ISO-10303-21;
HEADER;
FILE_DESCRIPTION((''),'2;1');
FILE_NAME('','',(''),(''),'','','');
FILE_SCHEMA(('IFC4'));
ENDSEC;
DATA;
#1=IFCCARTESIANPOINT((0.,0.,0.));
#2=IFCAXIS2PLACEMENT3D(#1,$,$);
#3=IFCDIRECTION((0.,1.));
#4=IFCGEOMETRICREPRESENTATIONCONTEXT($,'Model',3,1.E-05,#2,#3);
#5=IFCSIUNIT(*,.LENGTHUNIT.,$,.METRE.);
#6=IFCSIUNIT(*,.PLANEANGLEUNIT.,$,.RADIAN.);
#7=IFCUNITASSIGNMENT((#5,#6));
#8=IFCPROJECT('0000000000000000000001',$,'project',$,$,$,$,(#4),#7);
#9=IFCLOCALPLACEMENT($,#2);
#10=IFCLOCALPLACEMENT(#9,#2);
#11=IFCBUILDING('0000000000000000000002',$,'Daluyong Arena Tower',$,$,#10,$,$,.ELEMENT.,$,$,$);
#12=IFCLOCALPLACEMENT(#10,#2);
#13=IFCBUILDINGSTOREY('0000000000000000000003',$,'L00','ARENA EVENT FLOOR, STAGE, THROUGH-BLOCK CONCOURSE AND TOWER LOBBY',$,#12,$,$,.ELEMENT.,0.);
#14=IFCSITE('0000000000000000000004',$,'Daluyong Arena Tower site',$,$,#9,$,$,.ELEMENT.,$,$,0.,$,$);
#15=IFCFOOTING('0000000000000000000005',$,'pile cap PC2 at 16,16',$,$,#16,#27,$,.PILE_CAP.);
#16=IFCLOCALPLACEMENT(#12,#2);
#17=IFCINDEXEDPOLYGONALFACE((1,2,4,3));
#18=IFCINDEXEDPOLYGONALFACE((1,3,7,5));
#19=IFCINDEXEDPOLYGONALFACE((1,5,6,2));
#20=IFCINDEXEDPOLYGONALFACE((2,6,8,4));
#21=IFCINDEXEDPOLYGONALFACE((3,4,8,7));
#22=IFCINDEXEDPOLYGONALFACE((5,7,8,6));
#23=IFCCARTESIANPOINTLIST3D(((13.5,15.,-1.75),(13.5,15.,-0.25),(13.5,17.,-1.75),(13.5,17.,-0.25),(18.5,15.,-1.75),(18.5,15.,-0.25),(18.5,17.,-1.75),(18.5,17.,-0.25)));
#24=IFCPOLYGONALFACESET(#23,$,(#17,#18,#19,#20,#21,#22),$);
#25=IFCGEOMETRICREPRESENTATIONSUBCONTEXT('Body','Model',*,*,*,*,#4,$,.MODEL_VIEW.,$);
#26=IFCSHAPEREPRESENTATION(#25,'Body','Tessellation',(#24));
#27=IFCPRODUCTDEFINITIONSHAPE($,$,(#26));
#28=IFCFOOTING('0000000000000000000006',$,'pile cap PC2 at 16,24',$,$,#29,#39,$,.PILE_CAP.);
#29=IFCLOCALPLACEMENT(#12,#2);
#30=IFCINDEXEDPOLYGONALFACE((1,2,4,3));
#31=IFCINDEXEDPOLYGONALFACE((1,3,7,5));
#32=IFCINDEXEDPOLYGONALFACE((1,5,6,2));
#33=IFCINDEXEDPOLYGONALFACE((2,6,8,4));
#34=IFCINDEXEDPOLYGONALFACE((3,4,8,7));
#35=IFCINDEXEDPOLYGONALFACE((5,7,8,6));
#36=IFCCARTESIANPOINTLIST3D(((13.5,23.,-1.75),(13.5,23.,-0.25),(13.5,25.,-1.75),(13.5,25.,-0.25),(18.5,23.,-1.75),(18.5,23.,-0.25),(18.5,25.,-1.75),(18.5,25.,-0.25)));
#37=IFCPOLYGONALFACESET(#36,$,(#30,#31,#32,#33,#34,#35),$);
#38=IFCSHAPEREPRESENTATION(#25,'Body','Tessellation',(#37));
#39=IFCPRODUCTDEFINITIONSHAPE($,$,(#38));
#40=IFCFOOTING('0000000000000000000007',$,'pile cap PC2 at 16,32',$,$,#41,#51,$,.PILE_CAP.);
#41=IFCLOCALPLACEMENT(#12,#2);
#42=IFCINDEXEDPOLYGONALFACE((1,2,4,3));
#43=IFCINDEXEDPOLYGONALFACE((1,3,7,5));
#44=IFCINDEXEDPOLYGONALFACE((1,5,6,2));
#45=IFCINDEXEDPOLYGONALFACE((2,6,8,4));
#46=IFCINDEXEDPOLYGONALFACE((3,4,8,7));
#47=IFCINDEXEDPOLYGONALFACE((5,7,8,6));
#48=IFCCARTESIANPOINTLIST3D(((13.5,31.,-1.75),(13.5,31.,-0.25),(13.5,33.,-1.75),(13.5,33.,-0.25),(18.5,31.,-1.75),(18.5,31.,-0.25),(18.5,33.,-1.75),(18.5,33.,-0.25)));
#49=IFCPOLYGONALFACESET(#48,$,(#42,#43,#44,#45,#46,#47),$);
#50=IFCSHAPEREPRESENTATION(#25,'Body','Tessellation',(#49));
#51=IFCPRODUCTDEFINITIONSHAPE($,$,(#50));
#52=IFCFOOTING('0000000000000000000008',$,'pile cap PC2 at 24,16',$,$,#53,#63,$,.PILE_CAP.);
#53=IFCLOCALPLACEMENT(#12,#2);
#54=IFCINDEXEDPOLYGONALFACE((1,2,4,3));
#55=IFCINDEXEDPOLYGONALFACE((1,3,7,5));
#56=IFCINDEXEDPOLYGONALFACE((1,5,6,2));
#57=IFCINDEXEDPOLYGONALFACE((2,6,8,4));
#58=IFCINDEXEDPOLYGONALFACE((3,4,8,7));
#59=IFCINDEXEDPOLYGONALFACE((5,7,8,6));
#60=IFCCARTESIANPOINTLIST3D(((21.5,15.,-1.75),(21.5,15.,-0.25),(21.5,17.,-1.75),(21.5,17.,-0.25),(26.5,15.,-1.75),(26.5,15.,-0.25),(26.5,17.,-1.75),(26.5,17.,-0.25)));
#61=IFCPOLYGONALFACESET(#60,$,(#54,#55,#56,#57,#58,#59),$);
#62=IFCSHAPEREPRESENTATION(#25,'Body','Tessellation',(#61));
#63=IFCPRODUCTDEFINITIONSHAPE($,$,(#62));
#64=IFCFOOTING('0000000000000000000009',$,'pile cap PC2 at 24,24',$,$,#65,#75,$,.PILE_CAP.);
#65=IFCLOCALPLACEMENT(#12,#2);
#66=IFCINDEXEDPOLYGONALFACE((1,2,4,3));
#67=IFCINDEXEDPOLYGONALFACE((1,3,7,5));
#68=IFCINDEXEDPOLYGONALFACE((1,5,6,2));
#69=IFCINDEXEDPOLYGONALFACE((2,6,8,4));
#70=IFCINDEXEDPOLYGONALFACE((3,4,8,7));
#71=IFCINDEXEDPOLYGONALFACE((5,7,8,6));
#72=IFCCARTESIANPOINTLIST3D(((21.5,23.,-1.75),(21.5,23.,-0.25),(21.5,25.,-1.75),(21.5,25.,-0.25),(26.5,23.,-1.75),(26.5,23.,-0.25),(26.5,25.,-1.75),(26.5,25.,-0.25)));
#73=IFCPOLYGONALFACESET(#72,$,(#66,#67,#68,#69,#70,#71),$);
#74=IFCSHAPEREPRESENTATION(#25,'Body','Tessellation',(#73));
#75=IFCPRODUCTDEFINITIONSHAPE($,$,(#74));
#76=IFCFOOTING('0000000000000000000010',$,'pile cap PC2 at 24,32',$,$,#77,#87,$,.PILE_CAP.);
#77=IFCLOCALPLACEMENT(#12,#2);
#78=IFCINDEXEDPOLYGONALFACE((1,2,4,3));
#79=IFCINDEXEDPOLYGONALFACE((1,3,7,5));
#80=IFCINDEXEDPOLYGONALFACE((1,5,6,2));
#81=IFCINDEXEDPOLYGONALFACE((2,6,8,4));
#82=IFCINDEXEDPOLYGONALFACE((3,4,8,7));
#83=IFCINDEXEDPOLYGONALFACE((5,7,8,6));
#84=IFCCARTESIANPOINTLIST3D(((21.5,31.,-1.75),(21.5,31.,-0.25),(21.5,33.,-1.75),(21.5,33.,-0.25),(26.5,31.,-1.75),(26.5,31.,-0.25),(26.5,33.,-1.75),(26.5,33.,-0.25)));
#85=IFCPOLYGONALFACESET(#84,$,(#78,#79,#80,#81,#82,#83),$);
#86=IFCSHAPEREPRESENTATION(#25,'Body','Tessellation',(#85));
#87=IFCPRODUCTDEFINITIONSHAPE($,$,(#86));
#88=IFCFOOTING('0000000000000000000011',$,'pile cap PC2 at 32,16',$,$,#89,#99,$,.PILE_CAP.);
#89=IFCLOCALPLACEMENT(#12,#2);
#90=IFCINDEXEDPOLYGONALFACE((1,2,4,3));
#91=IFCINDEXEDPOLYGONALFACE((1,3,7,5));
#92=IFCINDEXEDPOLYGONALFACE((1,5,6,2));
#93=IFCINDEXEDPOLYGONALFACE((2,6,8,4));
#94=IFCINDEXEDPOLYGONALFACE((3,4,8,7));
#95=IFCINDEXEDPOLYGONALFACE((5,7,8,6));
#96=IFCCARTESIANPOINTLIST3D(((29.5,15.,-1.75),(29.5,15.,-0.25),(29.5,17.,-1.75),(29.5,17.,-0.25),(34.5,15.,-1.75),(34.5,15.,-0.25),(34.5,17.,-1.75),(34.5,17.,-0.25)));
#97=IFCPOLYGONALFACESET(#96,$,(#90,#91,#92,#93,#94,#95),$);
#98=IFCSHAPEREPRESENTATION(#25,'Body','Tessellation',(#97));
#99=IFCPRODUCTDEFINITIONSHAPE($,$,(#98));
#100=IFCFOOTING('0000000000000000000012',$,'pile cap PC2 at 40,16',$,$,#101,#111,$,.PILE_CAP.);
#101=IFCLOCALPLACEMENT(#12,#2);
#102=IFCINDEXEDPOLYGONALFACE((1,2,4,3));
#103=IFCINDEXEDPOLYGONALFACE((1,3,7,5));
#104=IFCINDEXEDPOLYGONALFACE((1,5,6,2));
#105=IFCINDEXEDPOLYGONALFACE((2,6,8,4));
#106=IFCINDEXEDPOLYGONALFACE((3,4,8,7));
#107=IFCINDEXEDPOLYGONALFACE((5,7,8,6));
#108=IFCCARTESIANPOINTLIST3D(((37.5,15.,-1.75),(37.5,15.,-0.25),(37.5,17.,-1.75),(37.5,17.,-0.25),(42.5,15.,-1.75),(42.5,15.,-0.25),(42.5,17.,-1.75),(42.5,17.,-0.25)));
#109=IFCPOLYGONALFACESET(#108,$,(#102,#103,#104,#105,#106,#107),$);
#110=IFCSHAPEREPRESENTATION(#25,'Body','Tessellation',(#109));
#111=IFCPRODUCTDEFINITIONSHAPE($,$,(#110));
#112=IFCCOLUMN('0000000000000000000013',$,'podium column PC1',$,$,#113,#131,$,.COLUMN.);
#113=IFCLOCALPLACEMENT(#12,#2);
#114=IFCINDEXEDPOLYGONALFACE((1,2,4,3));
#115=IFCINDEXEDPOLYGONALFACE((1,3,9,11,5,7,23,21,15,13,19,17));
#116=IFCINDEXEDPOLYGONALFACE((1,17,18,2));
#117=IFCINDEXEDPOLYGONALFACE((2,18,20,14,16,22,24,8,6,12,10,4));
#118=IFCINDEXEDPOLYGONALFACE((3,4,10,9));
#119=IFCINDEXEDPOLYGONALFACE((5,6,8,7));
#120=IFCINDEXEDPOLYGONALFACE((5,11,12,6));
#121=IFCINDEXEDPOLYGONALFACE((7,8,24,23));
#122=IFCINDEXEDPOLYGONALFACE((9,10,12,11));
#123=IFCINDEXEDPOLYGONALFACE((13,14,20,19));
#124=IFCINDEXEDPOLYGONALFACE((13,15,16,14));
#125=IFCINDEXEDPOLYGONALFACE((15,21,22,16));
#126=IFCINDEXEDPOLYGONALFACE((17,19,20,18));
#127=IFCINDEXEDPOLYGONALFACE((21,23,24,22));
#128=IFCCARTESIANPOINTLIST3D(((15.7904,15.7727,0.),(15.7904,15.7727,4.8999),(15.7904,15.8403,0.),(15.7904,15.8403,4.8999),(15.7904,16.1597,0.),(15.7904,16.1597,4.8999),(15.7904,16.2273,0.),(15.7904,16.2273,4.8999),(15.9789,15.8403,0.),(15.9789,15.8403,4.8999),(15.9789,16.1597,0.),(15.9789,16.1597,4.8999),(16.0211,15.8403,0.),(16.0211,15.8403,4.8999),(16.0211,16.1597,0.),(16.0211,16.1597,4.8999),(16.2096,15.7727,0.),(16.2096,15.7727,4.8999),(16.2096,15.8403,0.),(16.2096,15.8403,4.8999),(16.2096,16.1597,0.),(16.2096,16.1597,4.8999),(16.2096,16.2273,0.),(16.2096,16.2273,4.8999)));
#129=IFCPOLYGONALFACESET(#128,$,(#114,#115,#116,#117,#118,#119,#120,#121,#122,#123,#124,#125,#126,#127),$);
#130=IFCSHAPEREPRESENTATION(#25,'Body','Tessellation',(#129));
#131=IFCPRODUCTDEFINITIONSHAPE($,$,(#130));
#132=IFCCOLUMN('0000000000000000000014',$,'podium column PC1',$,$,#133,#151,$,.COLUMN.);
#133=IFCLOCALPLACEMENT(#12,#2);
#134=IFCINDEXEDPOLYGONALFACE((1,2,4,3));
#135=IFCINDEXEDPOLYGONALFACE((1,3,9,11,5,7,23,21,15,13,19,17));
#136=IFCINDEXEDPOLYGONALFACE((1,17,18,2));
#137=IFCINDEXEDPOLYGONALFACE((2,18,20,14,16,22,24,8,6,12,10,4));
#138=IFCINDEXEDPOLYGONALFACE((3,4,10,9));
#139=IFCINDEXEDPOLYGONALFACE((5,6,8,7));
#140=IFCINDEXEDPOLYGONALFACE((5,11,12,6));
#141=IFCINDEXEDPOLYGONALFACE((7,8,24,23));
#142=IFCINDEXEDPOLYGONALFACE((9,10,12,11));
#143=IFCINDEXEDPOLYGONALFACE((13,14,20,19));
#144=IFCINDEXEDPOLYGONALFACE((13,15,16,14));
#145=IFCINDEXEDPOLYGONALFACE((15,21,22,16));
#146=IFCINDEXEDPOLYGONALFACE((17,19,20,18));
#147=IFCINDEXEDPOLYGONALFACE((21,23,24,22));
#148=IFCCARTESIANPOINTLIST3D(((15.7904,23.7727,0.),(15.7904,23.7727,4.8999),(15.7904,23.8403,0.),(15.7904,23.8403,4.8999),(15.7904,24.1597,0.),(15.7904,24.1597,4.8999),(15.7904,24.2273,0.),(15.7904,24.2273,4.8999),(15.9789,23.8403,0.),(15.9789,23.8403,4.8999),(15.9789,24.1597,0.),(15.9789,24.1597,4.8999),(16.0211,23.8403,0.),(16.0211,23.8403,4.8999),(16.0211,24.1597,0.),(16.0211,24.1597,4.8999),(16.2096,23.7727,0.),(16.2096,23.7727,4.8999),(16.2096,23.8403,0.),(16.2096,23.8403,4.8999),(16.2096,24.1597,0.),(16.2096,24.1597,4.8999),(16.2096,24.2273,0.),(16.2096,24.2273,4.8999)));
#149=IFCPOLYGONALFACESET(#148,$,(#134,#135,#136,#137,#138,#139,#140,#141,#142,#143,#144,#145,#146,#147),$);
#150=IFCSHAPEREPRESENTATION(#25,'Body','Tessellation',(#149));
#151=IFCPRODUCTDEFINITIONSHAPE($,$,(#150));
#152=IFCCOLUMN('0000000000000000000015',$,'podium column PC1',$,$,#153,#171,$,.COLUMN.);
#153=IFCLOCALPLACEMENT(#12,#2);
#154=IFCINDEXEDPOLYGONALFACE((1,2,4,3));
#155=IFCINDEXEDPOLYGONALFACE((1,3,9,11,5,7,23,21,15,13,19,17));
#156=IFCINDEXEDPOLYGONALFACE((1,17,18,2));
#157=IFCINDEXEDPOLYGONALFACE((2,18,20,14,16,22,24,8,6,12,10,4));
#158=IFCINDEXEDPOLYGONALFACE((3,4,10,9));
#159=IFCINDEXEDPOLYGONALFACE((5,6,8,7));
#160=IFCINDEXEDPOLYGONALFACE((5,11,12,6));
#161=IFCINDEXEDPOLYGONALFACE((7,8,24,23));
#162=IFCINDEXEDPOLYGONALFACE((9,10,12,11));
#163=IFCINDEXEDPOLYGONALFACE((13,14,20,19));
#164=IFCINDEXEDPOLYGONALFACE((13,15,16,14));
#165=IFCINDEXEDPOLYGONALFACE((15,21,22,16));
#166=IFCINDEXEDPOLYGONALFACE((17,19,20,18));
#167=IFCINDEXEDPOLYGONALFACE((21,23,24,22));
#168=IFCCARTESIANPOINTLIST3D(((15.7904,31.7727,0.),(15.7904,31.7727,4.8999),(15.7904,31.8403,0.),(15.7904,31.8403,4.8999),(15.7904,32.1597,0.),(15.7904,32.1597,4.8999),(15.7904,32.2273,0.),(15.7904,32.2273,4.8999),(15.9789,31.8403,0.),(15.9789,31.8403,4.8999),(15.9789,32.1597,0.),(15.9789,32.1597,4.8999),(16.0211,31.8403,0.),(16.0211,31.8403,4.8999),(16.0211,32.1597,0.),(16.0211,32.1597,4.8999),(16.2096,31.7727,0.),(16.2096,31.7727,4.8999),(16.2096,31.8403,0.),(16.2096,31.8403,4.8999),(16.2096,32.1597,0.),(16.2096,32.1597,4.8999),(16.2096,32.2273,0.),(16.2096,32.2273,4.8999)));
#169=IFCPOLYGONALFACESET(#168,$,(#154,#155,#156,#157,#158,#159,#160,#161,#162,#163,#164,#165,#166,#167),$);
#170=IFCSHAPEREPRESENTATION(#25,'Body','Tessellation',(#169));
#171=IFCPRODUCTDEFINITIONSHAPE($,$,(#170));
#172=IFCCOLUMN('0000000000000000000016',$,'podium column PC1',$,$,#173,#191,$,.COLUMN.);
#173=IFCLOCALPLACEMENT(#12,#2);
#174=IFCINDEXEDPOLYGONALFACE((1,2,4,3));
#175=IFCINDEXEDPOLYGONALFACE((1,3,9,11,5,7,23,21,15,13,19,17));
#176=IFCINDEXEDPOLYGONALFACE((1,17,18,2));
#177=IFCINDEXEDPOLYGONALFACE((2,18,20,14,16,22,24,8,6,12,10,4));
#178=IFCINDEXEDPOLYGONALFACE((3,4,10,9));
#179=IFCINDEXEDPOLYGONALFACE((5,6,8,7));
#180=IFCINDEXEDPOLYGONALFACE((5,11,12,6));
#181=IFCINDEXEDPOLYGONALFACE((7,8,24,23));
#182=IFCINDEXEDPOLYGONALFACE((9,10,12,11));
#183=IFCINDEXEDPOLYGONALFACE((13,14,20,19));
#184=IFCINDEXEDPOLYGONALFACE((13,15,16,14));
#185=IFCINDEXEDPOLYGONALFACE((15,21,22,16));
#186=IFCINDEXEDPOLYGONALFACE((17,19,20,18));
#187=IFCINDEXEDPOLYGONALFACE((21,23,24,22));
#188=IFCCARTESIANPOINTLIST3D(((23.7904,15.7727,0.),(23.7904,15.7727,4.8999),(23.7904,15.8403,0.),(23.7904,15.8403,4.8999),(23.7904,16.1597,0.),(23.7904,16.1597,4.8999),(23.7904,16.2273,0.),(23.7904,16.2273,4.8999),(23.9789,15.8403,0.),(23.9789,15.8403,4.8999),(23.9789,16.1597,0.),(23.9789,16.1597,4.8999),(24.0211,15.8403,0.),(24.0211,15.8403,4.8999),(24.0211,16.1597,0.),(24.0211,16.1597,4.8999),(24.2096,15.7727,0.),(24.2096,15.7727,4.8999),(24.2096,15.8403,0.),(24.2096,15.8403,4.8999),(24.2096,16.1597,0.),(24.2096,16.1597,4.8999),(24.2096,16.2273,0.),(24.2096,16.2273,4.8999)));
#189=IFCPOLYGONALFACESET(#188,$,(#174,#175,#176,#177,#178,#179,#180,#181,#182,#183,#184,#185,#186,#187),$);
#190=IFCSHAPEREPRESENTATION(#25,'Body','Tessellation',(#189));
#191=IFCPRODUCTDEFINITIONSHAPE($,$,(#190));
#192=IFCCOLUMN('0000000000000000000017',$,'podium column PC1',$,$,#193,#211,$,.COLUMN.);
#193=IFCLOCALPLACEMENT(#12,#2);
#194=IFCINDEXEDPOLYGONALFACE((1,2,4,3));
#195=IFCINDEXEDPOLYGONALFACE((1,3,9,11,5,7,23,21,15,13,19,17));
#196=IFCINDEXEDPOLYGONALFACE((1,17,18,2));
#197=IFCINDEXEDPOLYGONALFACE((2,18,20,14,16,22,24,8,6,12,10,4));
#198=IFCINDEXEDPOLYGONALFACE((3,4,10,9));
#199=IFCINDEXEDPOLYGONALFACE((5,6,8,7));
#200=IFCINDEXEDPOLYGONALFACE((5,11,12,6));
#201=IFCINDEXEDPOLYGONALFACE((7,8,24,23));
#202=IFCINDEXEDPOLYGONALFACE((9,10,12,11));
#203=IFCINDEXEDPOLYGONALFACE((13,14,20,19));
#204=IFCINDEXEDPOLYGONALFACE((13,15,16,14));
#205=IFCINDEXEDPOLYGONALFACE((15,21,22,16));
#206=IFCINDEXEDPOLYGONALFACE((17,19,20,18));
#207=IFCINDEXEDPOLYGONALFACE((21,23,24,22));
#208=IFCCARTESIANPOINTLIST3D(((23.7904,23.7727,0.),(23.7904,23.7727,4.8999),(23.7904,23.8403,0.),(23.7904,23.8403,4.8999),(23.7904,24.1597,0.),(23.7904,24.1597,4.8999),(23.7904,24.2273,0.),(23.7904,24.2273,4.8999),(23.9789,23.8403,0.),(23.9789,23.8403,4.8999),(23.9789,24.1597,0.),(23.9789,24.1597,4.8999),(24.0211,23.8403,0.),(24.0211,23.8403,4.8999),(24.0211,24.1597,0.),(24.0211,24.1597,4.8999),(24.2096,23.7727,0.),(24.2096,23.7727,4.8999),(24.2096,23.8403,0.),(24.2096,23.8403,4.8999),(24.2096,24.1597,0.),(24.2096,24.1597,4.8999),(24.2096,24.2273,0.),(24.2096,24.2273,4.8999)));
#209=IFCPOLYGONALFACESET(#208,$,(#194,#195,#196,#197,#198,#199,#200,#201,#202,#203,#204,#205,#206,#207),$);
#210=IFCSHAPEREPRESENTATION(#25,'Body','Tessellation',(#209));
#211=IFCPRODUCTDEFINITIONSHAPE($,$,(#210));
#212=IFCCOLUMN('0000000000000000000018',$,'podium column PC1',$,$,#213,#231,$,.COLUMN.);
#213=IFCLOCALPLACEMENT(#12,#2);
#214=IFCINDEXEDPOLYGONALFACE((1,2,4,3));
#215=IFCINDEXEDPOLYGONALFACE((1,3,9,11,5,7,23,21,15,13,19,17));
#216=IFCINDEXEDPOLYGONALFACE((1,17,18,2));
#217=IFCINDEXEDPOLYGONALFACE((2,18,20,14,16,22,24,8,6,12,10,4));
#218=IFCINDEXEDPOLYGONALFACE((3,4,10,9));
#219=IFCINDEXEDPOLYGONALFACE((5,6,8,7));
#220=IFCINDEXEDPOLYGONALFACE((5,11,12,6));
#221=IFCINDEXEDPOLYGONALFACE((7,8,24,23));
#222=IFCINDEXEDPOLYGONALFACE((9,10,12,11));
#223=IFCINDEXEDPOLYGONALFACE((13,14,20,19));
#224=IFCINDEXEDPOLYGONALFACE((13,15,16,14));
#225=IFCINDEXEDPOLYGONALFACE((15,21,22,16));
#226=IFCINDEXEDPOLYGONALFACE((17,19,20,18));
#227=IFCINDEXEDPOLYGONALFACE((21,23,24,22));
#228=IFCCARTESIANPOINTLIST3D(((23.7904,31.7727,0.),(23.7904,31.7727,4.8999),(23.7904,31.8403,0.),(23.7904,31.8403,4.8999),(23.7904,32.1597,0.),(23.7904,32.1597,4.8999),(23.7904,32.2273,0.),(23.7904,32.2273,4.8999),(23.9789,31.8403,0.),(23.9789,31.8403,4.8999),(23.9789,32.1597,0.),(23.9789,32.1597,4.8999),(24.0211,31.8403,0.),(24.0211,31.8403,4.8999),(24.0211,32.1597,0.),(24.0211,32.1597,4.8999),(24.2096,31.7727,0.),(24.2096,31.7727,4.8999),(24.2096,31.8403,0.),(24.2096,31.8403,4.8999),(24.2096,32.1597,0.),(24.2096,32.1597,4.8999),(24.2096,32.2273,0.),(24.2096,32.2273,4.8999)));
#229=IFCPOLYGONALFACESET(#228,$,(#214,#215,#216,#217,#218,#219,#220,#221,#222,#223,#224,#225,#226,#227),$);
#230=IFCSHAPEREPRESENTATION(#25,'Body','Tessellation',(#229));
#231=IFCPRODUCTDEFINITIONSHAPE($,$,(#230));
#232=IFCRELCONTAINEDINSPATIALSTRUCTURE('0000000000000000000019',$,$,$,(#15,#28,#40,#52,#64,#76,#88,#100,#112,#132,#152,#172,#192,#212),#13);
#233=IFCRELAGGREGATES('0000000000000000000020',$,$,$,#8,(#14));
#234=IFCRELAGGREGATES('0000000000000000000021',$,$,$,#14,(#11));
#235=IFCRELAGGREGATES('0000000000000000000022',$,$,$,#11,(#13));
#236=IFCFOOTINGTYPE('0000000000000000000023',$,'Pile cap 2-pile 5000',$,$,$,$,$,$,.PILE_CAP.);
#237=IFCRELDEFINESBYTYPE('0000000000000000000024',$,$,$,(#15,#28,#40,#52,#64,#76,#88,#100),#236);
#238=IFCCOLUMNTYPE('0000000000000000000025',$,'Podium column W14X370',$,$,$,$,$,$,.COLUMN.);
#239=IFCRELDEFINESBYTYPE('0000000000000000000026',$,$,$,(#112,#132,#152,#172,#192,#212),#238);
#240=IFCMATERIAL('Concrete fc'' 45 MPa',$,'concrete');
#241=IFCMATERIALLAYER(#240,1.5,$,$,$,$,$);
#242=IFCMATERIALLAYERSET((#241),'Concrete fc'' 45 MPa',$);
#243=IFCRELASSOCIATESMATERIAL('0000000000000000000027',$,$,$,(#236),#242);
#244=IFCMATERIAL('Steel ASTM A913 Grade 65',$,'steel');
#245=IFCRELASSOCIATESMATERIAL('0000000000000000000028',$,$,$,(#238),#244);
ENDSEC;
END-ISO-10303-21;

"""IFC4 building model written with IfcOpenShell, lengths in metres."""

from ifc_helpers import new_model, si_unit, direction, frame, origin, origin_2d, place, context, subcontext, project, spatial, rectangle, i_section, extrude, material, layer, layer_set, material_profile, profile_set, type_object, element, save


model = new_model("IFC4")

# Units and contexts
model_context = context("Model", 3, precision=1e-05, world=origin(), true_north=direction((0.0, 1.0)))
body_context = subcontext(model_context, "Body", "Model", "MODEL_VIEW")
ifc_project = project(units=[si_unit("LENGTHUNIT", "METRE"), si_unit("PLANEANGLEUNIT", "RADIAN")], contexts=[model_context])

# Site, building, storey
site_placement = place(None, origin())
site = spatial("IfcSite", under=ifc_project, at=site_placement, Name="Daluyong Arena Tower site", CompositionType="ELEMENT", RefElevation=0.0)
building_placement = place(site_placement, origin())
building = spatial("IfcBuilding", under=site, at=building_placement, Name="Daluyong Arena Tower", CompositionType="ELEMENT")
storey_placement = place(building_placement, origin())
storey = spatial("IfcBuildingStorey", under=building, at=storey_placement, Name="L00", Description="ARENA EVENT FLOOR, STAGE, THROUGH-BLOCK CONCOURSE AND TOWER LOBBY", CompositionType="ELEMENT", Elevation=0.0)

# Footings
ifc_material_1 = material(Name="Concrete fc' 45 MPa", Category="concrete")
ifc_layer_1 = layer(ifc_material_1, 1.5)
ifc_layer_set_1 = layer_set([ifc_layer_1], Name="Concrete fc' 45 MPa")
footing_type = type_object("IfcFootingType", Name="Pile cap 2-pile 5000", PredefinedType="PILE_CAP", material=ifc_layer_set_1)
for number, where, z_axis, x_axis, name in (
    (1, (16.0, 16.0, -1.75), (0.0, 0.0, 1.0), (1.0, 0.0, 0.0), "pile cap PC2 at 16,16"),
    (2, (16.0, 24.0, -1.75), (0.0, 0.0, 1.0), (1.0, 0.0, 0.0), "pile cap PC2 at 16,24"),
    (3, (16.0, 32.0, -1.75), (0.0, 0.0, 1.0), (1.0, 0.0, 0.0), "pile cap PC2 at 16,32"),
    (4, (24.0, 16.0, -1.75), (0.0, 0.0, 1.0), (1.0, 0.0, 0.0), "pile cap PC2 at 24,16"),
    (5, (24.0, 24.0, -1.75), (0.0, 0.0, 1.0), (1.0, 0.0, 0.0), "pile cap PC2 at 24,24"),
    (6, (24.0, 32.0, -1.75), (0.0, 0.0, 1.0), (1.0, 0.0, 0.0), "pile cap PC2 at 24,32"),
    (7, (32.0, 16.0, -1.75), (0.0, 0.0, 1.0), (1.0, 0.0, 0.0), "pile cap PC2 at 32,16"),
    (8, (40.0, 16.0, -1.75), (0.0, 0.0, 1.0), (1.0, 0.0, 0.0), "pile cap PC2 at 40,16"),
):
    element("IfcFooting", number, at=place(storey_placement, frame(where, z_axis=z_axis, x_axis=x_axis)), inside=storey, type_object=footing_type, Name=name, PredefinedType="PILE_CAP", context=body_context, shape_type="SweptSolid", body=[
        extrude(rectangle(XDim=5.0, YDim=2.0, at=origin_2d()), origin(), (0.0, 0.0, 1.0), 1.5),
    ])

# Columns
ifc_material_2 = material(Name="Steel ASTM A913 Grade 65", Category="steel")
ifc_material_profile = material_profile(ifc_material_2, i_section(OverallWidth=0.4192, OverallDepth=0.4546, WebThickness=0.0422, FlangeThickness=0.0676, at=origin_2d()))
ifc_profile_set = profile_set([ifc_material_profile], Name="Steel ASTM A913 Grade 65")
column_type = type_object("IfcColumnType", Name="Podium column W14X370", PredefinedType="COLUMN", material=ifc_profile_set)
for number, where, z_axis, x_axis, name in (
    (9, (16.0, 16.0, 0.0), (0.0, 0.0, 1.0), (1.0, 0.0, 0.0), "podium column PC1"),
    (10, (16.0, 24.0, 0.0), (0.0, 0.0, 1.0), (1.0, 0.0, 0.0), "podium column PC1"),
    (11, (16.0, 32.0, 0.0), (0.0, 0.0, 1.0), (1.0, 0.0, 0.0), "podium column PC1"),
    (12, (24.0, 16.0, 0.0), (0.0, 0.0, 1.0), (1.0, 0.0, 0.0), "podium column PC1"),
    (13, (24.0, 24.0, 0.0), (0.0, 0.0, 1.0), (1.0, 0.0, 0.0), "podium column PC1"),
    (14, (24.0, 32.0, 0.0), (0.0, 0.0, 1.0), (1.0, 0.0, 0.0), "podium column PC1"),
):
    element("IfcColumn", number, at=place(storey_placement, frame(where, z_axis=z_axis, x_axis=x_axis)), inside=storey, type_object=column_type, Name=name, PredefinedType="COLUMN", context=body_context, shape_type="SweptSolid", body=[
        extrude(i_section(OverallWidth=0.4192, OverallDepth=0.4546, WebThickness=0.0422, FlangeThickness=0.0676, at=origin_2d()), origin(), (0.0, 0.0, 1.0), 4.8999),
    ])

save(model, "model.ifc")
